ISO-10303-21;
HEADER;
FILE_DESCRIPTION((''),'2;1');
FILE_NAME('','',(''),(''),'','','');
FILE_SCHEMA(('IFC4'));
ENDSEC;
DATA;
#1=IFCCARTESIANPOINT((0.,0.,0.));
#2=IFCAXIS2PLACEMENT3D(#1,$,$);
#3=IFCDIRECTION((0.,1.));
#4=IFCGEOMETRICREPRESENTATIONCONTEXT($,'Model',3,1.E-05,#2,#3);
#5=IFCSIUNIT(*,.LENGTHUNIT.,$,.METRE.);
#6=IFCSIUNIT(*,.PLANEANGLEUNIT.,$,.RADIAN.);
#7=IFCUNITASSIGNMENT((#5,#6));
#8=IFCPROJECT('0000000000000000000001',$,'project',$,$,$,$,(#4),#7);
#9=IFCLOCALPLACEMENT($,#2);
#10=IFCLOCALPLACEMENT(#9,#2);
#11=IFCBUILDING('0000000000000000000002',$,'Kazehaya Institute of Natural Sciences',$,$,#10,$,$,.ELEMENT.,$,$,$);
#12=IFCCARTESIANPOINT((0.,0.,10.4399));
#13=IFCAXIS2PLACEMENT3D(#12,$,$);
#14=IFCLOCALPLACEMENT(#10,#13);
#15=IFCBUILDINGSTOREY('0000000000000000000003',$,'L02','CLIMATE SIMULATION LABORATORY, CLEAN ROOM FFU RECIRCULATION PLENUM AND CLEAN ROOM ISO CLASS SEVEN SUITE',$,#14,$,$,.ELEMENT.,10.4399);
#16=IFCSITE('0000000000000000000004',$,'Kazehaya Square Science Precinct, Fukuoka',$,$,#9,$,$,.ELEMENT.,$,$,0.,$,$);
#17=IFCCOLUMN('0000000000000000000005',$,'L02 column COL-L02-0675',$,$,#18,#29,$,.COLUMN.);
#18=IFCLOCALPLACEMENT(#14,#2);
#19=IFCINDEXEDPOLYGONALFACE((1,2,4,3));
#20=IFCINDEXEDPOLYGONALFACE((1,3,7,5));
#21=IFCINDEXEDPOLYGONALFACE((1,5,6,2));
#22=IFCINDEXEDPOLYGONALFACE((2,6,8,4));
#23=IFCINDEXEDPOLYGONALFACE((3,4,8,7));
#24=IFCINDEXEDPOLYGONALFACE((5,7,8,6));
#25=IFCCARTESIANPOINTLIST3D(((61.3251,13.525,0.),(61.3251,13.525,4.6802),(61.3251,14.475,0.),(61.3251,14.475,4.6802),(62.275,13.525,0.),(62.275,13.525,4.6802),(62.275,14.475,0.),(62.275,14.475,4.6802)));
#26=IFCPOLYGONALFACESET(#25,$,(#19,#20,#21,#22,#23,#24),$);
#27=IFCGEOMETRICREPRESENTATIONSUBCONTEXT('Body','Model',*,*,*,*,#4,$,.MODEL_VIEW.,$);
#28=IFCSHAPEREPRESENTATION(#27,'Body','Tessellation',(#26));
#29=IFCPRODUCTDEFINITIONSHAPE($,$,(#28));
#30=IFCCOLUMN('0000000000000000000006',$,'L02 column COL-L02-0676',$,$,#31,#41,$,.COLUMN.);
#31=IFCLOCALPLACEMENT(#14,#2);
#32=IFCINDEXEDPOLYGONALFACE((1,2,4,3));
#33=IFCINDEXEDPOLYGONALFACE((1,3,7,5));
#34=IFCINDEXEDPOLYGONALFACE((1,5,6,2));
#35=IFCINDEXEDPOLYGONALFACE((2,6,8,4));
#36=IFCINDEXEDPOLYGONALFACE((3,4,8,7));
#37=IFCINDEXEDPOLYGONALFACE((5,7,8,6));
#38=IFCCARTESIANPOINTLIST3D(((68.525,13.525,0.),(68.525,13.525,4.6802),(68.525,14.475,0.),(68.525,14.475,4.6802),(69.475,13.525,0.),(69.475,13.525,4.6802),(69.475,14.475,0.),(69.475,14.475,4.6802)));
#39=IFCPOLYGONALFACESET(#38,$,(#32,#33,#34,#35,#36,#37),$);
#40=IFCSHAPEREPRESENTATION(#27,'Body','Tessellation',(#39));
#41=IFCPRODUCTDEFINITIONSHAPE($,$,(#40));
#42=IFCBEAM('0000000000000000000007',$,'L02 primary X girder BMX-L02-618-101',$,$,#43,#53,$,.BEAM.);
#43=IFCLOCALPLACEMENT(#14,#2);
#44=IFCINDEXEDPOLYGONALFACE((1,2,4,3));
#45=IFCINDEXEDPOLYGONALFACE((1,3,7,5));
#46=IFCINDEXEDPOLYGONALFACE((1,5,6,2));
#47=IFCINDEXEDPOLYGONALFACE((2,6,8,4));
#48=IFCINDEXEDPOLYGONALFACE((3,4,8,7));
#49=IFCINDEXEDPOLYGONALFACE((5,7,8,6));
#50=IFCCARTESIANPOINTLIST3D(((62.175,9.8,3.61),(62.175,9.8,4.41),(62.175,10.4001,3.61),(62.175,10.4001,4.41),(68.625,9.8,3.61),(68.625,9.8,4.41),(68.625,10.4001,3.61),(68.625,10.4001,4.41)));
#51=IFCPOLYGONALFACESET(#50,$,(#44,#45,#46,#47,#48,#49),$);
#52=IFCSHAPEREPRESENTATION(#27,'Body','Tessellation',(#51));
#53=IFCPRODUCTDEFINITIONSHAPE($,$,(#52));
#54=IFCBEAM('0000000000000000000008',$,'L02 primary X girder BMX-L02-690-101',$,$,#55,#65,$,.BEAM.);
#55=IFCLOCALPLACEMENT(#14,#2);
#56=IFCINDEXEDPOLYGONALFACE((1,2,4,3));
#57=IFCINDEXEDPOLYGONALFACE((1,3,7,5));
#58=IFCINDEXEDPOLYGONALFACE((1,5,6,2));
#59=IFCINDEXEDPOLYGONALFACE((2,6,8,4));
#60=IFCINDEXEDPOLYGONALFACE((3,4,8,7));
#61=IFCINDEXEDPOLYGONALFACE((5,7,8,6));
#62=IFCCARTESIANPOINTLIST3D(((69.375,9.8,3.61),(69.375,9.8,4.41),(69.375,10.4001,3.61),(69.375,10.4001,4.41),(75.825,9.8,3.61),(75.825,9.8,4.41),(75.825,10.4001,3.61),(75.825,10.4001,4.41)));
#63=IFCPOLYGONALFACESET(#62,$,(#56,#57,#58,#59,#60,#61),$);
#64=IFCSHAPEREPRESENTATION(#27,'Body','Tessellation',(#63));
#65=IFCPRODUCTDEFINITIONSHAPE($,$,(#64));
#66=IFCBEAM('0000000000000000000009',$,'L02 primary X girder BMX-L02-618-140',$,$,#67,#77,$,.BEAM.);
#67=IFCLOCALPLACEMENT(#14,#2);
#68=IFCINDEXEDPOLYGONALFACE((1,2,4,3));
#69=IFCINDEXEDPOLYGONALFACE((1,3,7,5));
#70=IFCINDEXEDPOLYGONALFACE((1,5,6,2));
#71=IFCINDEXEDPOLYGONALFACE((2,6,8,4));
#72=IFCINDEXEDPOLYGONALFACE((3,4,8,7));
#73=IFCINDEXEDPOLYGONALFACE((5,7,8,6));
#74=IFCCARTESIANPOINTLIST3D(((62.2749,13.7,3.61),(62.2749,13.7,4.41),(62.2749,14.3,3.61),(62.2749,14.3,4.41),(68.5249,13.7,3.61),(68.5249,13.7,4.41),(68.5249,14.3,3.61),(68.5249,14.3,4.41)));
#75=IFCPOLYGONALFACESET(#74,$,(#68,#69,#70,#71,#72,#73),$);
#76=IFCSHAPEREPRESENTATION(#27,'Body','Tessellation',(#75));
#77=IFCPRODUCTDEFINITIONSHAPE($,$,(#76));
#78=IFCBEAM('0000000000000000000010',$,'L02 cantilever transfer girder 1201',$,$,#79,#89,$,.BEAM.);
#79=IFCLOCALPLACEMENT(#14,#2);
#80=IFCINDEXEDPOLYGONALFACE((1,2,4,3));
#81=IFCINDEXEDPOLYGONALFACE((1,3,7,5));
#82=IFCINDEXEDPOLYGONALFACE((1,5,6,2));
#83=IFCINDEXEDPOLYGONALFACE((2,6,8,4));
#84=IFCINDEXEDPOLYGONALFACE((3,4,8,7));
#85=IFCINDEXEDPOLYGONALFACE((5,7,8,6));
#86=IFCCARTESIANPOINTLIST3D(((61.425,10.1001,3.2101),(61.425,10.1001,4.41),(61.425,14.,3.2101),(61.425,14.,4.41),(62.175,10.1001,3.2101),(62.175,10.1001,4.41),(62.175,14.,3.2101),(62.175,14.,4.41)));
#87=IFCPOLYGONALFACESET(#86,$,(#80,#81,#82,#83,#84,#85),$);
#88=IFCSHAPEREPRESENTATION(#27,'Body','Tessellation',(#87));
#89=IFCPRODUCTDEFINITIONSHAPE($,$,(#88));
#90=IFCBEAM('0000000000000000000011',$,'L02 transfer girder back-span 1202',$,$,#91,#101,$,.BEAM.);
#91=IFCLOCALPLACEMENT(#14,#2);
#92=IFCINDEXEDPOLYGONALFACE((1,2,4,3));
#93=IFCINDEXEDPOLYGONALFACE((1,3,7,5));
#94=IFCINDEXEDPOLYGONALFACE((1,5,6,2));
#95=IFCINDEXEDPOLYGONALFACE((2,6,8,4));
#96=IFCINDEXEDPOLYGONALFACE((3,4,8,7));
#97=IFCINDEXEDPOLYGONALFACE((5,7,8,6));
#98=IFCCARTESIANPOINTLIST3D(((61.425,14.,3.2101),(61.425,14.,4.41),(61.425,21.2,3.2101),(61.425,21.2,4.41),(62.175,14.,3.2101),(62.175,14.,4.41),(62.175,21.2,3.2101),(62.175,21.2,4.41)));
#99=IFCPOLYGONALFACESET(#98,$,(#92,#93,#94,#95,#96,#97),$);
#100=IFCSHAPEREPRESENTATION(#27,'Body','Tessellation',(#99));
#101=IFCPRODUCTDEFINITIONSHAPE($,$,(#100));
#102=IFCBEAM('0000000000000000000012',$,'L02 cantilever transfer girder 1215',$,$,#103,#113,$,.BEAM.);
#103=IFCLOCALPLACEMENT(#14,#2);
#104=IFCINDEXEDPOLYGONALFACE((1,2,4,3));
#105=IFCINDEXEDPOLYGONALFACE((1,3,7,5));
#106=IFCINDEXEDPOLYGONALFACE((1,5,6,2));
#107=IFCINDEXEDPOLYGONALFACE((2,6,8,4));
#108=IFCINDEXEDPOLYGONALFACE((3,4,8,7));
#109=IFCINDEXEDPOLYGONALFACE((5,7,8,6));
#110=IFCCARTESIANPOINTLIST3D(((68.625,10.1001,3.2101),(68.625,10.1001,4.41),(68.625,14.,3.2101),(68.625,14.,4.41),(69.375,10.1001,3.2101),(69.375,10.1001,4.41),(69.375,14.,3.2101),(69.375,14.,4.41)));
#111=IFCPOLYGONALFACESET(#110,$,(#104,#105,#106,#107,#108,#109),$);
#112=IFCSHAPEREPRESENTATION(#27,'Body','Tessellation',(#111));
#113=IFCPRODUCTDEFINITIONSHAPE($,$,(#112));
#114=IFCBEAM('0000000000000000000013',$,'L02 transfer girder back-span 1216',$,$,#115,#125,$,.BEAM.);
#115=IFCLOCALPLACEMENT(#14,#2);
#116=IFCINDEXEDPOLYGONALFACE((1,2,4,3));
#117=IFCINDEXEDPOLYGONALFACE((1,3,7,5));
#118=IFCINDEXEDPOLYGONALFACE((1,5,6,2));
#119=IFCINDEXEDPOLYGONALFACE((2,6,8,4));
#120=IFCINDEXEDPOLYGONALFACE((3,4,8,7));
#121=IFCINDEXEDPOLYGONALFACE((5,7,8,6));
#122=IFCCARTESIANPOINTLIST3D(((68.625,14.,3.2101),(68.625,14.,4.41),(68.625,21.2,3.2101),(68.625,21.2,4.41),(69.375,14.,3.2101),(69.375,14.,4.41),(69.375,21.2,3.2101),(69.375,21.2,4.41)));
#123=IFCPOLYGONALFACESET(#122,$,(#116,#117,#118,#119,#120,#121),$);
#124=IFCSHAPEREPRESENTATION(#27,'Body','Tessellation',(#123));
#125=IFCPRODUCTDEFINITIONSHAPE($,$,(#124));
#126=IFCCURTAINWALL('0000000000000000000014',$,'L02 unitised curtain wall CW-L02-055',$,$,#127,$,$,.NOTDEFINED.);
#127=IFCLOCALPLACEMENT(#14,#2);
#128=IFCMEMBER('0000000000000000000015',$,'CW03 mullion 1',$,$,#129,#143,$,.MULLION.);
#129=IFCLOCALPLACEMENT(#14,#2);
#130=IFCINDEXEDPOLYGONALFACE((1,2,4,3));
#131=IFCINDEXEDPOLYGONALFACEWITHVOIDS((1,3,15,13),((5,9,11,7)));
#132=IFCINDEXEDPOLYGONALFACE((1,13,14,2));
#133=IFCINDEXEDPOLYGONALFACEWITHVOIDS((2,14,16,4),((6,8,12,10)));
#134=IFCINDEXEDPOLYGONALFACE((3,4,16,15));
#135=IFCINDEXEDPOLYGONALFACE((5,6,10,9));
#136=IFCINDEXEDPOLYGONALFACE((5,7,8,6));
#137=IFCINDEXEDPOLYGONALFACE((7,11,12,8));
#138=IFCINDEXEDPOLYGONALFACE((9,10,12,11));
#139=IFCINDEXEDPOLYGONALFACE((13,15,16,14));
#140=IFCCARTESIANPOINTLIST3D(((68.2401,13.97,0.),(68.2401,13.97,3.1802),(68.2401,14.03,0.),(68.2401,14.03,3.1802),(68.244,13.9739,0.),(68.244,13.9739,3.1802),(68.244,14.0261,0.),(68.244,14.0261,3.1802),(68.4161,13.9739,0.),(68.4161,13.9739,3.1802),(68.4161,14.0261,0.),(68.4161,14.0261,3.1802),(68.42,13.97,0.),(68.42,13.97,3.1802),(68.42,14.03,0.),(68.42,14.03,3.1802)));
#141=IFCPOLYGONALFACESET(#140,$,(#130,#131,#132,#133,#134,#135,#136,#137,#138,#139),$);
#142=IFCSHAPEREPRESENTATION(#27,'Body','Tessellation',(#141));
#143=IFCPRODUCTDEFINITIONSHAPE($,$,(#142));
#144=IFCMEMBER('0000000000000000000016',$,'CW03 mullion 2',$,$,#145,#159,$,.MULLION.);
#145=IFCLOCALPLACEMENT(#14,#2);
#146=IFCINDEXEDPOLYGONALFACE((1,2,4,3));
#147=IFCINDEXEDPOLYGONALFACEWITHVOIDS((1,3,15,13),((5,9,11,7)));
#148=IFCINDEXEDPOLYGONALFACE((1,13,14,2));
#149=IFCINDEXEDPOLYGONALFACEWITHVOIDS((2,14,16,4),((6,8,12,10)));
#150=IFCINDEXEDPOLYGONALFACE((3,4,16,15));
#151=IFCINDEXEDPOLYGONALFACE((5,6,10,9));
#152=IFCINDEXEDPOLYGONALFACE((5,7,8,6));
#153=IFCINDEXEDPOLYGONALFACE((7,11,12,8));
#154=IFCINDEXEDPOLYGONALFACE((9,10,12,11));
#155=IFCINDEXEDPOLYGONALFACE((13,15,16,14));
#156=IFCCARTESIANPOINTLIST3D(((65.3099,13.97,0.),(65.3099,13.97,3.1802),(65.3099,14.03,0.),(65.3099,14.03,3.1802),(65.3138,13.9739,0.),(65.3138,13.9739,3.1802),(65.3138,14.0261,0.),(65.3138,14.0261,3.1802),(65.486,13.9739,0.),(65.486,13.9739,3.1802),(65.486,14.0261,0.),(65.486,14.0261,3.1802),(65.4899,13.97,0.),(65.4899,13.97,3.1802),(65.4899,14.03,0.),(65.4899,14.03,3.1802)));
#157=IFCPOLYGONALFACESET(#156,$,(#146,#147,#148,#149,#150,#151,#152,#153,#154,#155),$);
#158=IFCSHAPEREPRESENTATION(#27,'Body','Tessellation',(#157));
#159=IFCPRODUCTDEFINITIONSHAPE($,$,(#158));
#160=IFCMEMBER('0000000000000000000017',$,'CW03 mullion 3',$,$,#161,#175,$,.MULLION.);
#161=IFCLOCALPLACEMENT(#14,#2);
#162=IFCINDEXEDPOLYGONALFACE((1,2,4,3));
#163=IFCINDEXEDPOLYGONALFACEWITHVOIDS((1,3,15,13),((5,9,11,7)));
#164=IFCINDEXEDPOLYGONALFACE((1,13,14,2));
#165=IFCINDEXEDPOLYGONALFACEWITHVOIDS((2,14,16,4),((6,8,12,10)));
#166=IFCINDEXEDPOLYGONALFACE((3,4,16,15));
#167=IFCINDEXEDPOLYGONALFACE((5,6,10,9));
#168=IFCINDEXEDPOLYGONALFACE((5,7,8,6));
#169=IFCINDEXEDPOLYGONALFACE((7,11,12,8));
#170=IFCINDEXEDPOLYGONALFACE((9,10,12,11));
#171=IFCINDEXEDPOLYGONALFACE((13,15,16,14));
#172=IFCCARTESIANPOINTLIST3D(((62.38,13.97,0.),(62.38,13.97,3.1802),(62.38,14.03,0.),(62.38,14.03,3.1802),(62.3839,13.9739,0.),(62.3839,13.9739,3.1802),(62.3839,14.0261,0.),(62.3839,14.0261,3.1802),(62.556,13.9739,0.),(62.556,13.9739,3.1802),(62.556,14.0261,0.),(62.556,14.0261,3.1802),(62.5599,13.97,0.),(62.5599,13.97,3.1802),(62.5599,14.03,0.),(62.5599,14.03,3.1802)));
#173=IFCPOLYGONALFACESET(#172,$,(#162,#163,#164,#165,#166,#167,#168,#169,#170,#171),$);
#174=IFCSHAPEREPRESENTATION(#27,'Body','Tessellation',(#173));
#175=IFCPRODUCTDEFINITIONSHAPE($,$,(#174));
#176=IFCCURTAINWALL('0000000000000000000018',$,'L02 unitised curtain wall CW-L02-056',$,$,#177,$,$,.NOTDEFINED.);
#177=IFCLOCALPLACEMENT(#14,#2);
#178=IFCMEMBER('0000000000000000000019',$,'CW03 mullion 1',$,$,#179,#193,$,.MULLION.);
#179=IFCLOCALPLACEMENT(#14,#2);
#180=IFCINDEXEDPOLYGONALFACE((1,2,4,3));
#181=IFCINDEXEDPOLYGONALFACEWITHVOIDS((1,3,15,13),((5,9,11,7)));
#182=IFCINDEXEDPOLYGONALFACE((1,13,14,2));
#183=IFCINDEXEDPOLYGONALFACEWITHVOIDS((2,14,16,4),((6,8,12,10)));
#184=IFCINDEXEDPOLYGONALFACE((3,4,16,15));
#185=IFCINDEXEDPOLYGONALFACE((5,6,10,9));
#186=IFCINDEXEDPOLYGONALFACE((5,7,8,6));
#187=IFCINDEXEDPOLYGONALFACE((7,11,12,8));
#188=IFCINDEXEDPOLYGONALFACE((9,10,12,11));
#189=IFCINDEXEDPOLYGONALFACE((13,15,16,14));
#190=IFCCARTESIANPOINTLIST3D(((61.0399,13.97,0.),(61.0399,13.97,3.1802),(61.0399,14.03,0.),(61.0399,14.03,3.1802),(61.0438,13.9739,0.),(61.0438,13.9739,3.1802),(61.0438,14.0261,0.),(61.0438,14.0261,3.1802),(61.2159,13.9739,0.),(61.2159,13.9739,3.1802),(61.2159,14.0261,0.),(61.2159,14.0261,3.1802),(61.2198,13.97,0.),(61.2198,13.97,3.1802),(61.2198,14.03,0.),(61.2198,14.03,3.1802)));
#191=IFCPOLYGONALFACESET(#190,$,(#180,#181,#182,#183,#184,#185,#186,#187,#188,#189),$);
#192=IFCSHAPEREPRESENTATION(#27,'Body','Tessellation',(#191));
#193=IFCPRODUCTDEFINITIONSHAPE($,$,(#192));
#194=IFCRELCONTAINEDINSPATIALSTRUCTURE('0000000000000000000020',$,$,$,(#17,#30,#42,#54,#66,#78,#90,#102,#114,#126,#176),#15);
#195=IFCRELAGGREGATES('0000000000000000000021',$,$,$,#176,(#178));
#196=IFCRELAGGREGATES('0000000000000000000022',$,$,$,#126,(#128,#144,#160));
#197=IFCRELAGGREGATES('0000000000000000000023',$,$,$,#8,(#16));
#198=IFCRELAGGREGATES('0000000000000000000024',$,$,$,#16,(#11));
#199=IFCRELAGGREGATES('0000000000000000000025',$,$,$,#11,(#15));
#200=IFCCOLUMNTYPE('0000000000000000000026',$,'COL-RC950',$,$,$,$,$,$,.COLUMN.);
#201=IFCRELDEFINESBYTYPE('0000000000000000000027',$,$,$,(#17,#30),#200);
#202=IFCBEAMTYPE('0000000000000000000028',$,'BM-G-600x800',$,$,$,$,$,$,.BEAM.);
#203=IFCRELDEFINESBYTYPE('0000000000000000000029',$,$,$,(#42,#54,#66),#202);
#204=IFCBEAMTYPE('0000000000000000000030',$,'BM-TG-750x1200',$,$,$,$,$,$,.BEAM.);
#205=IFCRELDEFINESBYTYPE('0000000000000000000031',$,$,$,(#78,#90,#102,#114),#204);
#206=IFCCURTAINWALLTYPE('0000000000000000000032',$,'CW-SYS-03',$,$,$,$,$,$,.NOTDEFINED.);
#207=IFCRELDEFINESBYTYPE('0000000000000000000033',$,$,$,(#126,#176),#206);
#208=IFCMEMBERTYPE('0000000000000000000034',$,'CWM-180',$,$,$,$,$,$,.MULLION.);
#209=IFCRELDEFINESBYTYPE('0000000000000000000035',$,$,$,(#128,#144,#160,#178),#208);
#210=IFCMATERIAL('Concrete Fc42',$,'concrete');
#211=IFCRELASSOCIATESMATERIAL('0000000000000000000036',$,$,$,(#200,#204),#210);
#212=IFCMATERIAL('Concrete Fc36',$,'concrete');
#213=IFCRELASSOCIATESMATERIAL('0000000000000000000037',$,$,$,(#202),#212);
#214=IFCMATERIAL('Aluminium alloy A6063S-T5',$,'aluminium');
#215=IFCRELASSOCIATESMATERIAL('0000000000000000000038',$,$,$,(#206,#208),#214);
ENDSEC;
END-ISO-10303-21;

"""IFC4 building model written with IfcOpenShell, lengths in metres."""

from ifc_helpers import new_model, si_unit, direction, frame, origin, origin_2d, place, context, subcontext, project, spatial, rectangle, hollow_rectangle, extrude, material, material_profile, profile_set, type_object, element, aggregate, save


model = new_model("IFC4")

# Units and contexts
model_context = context("Model", 3, precision=1e-05, world=origin(), true_north=direction((0.0, 1.0)))
body_context = subcontext(model_context, "Body", "Model", "MODEL_VIEW")
ifc_project = project(units=[si_unit("LENGTHUNIT", "METRE"), si_unit("PLANEANGLEUNIT", "RADIAN")], contexts=[model_context])

# Site, building, storey
site_placement = place(None, origin())
site = spatial("IfcSite", under=ifc_project, at=site_placement, Name="Kazehaya Square Science Precinct, Fukuoka", CompositionType="ELEMENT", RefElevation=0.0)
building_placement = place(site_placement, origin())
building = spatial("IfcBuilding", under=site, at=building_placement, Name="Kazehaya Institute of Natural Sciences", CompositionType="ELEMENT")
storey_placement = place(building_placement, frame((0.0, 0.0, 10.4399)))
storey = spatial("IfcBuildingStorey", under=building, at=storey_placement, Name="L02", Description="CLIMATE SIMULATION LABORATORY, CLEAN ROOM FFU RECIRCULATION PLENUM AND CLEAN ROOM ISO CLASS SEVEN SUITE", CompositionType="ELEMENT", Elevation=10.4399)

# Columns
ifc_material_1 = material(Name="Concrete Fc42", Category="concrete")
ifc_material_profile_1 = material_profile(ifc_material_1, rectangle(XDim=0.95, YDim=0.95, at=origin_2d()), Name="RC-950x950")
ifc_profile_set_1 = profile_set([ifc_material_profile_1], Name="Concrete Fc42")
column_type = type_object("IfcColumnType", Name="COL-RC950", PredefinedType="COLUMN", material=ifc_profile_set_1)
for number, where, z_axis, x_axis, name in (
    (1, (61.8, 14.0, 0.0), (0.0, 0.0, 1.0), (1.0, 0.0, 0.0), "L02 column COL-L02-0675"),
    (2, (69.0, 14.0, 0.0), (0.0, 0.0, 1.0), (1.0, 0.0, 0.0), "L02 column COL-L02-0676"),
):
    element("IfcColumn", number, at=place(storey_placement, frame(where, z_axis=z_axis, x_axis=x_axis)), inside=storey, type_object=column_type, Name=name, PredefinedType="COLUMN", context=body_context, shape_type="SweptSolid", body=[
        extrude(rectangle(XDim=0.95, YDim=0.95, at=origin_2d()), origin(), (0.0, 0.0, 1.0), 4.6802),
    ])

# Beams
ifc_material_2 = material(Name="Concrete Fc36", Category="concrete")
ifc_material_profile_2 = material_profile(ifc_material_2, rectangle(XDim=0.6001, YDim=0.8, at=origin_2d()), Name="RC-600x800")
ifc_profile_set_2 = profile_set([ifc_material_profile_2], Name="Concrete Fc36")
beam_type_1 = type_object("IfcBeamType", Name="BM-G-600x800", PredefinedType="BEAM", material=ifc_profile_set_2)
for number, where, z_axis, x_axis, name in (
    (3, (62.175, 10.1001, 4.01), (1.0, 0.0, 0.0), (0.0, 1.0, 0.0), "L02 primary X girder BMX-L02-618-101"),
    (4, (69.375, 10.1001, 4.01), (1.0, 0.0, 0.0), (0.0, 1.0, 0.0), "L02 primary X girder BMX-L02-690-101"),
):
    element("IfcBeam", number, at=place(storey_placement, frame(where, z_axis=z_axis, x_axis=x_axis)), inside=storey, type_object=beam_type_1, Name=name, PredefinedType="BEAM", context=body_context, shape_type="SweptSolid", body=[
        extrude(rectangle(XDim=0.6001, YDim=0.8, at=origin_2d()), origin(), (0.0, 0.0, 1.0), 6.45),
    ])
beam_1_placement = place(storey_placement, frame((62.2749, 14.0, 4.01), z_axis=(1.0, 0.0, 0.0), x_axis=(0.0, 1.0, 0.0)))
element("IfcBeam", 5, at=beam_1_placement, inside=storey, type_object=beam_type_1, Name="L02 primary X girder BMX-L02-618-140", PredefinedType="BEAM", context=body_context, shape_type="SweptSolid", body=[
    extrude(rectangle(XDim=0.6001, YDim=0.8, at=origin_2d()), origin(), (0.0, 0.0, 1.0), 6.25),
])
ifc_material_profile_3 = material_profile(ifc_material_1, rectangle(XDim=0.75, YDim=1.2, at=origin_2d()), Name="RC-750x1200")
ifc_profile_set_3 = profile_set([ifc_material_profile_3], Name="Concrete Fc42")
beam_type_2 = type_object("IfcBeamType", Name="BM-TG-750x1200", PredefinedType="BEAM", material=ifc_profile_set_3)
beam_2_placement = place(storey_placement, frame((61.8, 10.1001, 3.8101), z_axis=(0.0, 1.0, 0.0), x_axis=(-1.0, 0.0, 0.0)))
element("IfcBeam", 6, at=beam_2_placement, inside=storey, type_object=beam_type_2, Name="L02 cantilever transfer girder 1201", PredefinedType="BEAM", context=body_context, shape_type="SweptSolid", body=[
    extrude(rectangle(XDim=0.75, YDim=1.2, at=origin_2d()), origin(), (0.0, 0.0, 1.0), 3.8999),
])
beam_3_placement = place(storey_placement, frame((61.8, 14.0, 3.8101), z_axis=(0.0, 1.0, 0.0), x_axis=(-1.0, 0.0, 0.0)))
element("IfcBeam", 7, at=beam_3_placement, inside=storey, type_object=beam_type_2, Name="L02 transfer girder back-span 1202", PredefinedType="BEAM", context=body_context, shape_type="SweptSolid", body=[
    extrude(rectangle(XDim=0.75, YDim=1.2, at=origin_2d()), origin(), (0.0, 0.0, 1.0), 7.2),
])
beam_4_placement = place(storey_placement, frame((69.0, 10.1001, 3.8101), z_axis=(0.0, 1.0, 0.0), x_axis=(-1.0, 0.0, 0.0)))
element("IfcBeam", 8, at=beam_4_placement, inside=storey, type_object=beam_type_2, Name="L02 cantilever transfer girder 1215", PredefinedType="BEAM", context=body_context, shape_type="SweptSolid", body=[
    extrude(rectangle(XDim=0.75, YDim=1.2, at=origin_2d()), origin(), (0.0, 0.0, 1.0), 3.8999),
])
beam_5_placement = place(storey_placement, frame((69.0, 14.0, 3.8101), z_axis=(0.0, 1.0, 0.0), x_axis=(-1.0, 0.0, 0.0)))
element("IfcBeam", 9, at=beam_5_placement, inside=storey, type_object=beam_type_2, Name="L02 transfer girder back-span 1216", PredefinedType="BEAM", context=body_context, shape_type="SweptSolid", body=[
    extrude(rectangle(XDim=0.75, YDim=1.2, at=origin_2d()), origin(), (0.0, 0.0, 1.0), 7.2),
])

# Curtain walls, members
ifc_material_3 = material(Name="Aluminium alloy A6063S-T5", Category="aluminium")
curtain_wall_type = type_object("IfcCurtainWallType", Name="CW-SYS-03", PredefinedType="NOTDEFINED", material=ifc_material_3)
curtain_wall_1_placement = place(storey_placement, origin())
curtain_wall_1 = element("IfcCurtainWall", 10, at=curtain_wall_1_placement, inside=storey, type_object=curtain_wall_type, Name="L02 unitised curtain wall CW-L02-055", PredefinedType="NOTDEFINED")
ifc_material_profile_4 = material_profile(ifc_material_3, hollow_rectangle(XDim=0.0601, YDim=0.1799, WallThickness=0.0039, at=origin_2d()), Name="ALU-60x180x4")
ifc_profile_set_4 = profile_set([ifc_material_profile_4], Name="Aluminium alloy A6063S-T5")
member_type_1 = type_object("IfcMemberType", Name="CWM-180", PredefinedType="MULLION", material=ifc_profile_set_4)
member_1_placement = place(storey_placement, frame((68.3301, 14.0, 0.0), z_axis=(0.0, 0.0, 1.0), x_axis=(0.0, -1.0, 0.0)))
member_1 = element("IfcMember", 11, at=member_1_placement, type_object=member_type_1, Name="CW03 mullion 1", PredefinedType="MULLION", context=body_context, shape_type="SweptSolid", body=[
    extrude(hollow_rectangle(XDim=0.0601, YDim=0.1799, WallThickness=0.0039, at=origin_2d()), origin(), (0.0, 0.0, 1.0), 3.1802),
])
member_2_placement = place(storey_placement, frame((65.3999, 14.0, 0.0), z_axis=(0.0, 0.0, 1.0), x_axis=(0.0, -1.0, 0.0)))
member_2 = element("IfcMember", 12, at=member_2_placement, type_object=member_type_1, Name="CW03 mullion 2", PredefinedType="MULLION", context=body_context, shape_type="SweptSolid", body=[
    extrude(hollow_rectangle(XDim=0.0601, YDim=0.1799, WallThickness=0.0039, at=origin_2d()), origin(), (0.0, 0.0, 1.0), 3.1802),
])
member_3_placement = place(storey_placement, frame((62.47, 14.0, 0.0), z_axis=(0.0, 0.0, 1.0), x_axis=(0.0, -1.0, 0.0)))
member_3 = element("IfcMember", 13, at=member_3_placement, type_object=member_type_1, Name="CW03 mullion 3", PredefinedType="MULLION", context=body_context, shape_type="SweptSolid", body=[
    extrude(hollow_rectangle(XDim=0.0601, YDim=0.1799, WallThickness=0.0039, at=origin_2d()), origin(), (0.0, 0.0, 1.0), 3.1802),
])
curtain_wall_2_placement = place(storey_placement, origin())
curtain_wall_2 = element("IfcCurtainWall", 14, at=curtain_wall_2_placement, inside=storey, type_object=curtain_wall_type, Name="L02 unitised curtain wall CW-L02-056", PredefinedType="NOTDEFINED")
member_4_placement = place(storey_placement, frame((61.1299, 14.0, 0.0), z_axis=(0.0, 0.0, 1.0), x_axis=(0.0, -1.0, 0.0)))
member_4 = element("IfcMember", 15, at=member_4_placement, type_object=member_type_1, Name="CW03 mullion 1", PredefinedType="MULLION", context=body_context, shape_type="SweptSolid", body=[
    extrude(hollow_rectangle(XDim=0.0601, YDim=0.1799, WallThickness=0.0039, at=origin_2d()), origin(), (0.0, 0.0, 1.0), 3.1802),
])

aggregate(curtain_wall_2, [member_4])
aggregate(curtain_wall_1, [member_1, member_2, member_3])

save(model, "model.ifc")
